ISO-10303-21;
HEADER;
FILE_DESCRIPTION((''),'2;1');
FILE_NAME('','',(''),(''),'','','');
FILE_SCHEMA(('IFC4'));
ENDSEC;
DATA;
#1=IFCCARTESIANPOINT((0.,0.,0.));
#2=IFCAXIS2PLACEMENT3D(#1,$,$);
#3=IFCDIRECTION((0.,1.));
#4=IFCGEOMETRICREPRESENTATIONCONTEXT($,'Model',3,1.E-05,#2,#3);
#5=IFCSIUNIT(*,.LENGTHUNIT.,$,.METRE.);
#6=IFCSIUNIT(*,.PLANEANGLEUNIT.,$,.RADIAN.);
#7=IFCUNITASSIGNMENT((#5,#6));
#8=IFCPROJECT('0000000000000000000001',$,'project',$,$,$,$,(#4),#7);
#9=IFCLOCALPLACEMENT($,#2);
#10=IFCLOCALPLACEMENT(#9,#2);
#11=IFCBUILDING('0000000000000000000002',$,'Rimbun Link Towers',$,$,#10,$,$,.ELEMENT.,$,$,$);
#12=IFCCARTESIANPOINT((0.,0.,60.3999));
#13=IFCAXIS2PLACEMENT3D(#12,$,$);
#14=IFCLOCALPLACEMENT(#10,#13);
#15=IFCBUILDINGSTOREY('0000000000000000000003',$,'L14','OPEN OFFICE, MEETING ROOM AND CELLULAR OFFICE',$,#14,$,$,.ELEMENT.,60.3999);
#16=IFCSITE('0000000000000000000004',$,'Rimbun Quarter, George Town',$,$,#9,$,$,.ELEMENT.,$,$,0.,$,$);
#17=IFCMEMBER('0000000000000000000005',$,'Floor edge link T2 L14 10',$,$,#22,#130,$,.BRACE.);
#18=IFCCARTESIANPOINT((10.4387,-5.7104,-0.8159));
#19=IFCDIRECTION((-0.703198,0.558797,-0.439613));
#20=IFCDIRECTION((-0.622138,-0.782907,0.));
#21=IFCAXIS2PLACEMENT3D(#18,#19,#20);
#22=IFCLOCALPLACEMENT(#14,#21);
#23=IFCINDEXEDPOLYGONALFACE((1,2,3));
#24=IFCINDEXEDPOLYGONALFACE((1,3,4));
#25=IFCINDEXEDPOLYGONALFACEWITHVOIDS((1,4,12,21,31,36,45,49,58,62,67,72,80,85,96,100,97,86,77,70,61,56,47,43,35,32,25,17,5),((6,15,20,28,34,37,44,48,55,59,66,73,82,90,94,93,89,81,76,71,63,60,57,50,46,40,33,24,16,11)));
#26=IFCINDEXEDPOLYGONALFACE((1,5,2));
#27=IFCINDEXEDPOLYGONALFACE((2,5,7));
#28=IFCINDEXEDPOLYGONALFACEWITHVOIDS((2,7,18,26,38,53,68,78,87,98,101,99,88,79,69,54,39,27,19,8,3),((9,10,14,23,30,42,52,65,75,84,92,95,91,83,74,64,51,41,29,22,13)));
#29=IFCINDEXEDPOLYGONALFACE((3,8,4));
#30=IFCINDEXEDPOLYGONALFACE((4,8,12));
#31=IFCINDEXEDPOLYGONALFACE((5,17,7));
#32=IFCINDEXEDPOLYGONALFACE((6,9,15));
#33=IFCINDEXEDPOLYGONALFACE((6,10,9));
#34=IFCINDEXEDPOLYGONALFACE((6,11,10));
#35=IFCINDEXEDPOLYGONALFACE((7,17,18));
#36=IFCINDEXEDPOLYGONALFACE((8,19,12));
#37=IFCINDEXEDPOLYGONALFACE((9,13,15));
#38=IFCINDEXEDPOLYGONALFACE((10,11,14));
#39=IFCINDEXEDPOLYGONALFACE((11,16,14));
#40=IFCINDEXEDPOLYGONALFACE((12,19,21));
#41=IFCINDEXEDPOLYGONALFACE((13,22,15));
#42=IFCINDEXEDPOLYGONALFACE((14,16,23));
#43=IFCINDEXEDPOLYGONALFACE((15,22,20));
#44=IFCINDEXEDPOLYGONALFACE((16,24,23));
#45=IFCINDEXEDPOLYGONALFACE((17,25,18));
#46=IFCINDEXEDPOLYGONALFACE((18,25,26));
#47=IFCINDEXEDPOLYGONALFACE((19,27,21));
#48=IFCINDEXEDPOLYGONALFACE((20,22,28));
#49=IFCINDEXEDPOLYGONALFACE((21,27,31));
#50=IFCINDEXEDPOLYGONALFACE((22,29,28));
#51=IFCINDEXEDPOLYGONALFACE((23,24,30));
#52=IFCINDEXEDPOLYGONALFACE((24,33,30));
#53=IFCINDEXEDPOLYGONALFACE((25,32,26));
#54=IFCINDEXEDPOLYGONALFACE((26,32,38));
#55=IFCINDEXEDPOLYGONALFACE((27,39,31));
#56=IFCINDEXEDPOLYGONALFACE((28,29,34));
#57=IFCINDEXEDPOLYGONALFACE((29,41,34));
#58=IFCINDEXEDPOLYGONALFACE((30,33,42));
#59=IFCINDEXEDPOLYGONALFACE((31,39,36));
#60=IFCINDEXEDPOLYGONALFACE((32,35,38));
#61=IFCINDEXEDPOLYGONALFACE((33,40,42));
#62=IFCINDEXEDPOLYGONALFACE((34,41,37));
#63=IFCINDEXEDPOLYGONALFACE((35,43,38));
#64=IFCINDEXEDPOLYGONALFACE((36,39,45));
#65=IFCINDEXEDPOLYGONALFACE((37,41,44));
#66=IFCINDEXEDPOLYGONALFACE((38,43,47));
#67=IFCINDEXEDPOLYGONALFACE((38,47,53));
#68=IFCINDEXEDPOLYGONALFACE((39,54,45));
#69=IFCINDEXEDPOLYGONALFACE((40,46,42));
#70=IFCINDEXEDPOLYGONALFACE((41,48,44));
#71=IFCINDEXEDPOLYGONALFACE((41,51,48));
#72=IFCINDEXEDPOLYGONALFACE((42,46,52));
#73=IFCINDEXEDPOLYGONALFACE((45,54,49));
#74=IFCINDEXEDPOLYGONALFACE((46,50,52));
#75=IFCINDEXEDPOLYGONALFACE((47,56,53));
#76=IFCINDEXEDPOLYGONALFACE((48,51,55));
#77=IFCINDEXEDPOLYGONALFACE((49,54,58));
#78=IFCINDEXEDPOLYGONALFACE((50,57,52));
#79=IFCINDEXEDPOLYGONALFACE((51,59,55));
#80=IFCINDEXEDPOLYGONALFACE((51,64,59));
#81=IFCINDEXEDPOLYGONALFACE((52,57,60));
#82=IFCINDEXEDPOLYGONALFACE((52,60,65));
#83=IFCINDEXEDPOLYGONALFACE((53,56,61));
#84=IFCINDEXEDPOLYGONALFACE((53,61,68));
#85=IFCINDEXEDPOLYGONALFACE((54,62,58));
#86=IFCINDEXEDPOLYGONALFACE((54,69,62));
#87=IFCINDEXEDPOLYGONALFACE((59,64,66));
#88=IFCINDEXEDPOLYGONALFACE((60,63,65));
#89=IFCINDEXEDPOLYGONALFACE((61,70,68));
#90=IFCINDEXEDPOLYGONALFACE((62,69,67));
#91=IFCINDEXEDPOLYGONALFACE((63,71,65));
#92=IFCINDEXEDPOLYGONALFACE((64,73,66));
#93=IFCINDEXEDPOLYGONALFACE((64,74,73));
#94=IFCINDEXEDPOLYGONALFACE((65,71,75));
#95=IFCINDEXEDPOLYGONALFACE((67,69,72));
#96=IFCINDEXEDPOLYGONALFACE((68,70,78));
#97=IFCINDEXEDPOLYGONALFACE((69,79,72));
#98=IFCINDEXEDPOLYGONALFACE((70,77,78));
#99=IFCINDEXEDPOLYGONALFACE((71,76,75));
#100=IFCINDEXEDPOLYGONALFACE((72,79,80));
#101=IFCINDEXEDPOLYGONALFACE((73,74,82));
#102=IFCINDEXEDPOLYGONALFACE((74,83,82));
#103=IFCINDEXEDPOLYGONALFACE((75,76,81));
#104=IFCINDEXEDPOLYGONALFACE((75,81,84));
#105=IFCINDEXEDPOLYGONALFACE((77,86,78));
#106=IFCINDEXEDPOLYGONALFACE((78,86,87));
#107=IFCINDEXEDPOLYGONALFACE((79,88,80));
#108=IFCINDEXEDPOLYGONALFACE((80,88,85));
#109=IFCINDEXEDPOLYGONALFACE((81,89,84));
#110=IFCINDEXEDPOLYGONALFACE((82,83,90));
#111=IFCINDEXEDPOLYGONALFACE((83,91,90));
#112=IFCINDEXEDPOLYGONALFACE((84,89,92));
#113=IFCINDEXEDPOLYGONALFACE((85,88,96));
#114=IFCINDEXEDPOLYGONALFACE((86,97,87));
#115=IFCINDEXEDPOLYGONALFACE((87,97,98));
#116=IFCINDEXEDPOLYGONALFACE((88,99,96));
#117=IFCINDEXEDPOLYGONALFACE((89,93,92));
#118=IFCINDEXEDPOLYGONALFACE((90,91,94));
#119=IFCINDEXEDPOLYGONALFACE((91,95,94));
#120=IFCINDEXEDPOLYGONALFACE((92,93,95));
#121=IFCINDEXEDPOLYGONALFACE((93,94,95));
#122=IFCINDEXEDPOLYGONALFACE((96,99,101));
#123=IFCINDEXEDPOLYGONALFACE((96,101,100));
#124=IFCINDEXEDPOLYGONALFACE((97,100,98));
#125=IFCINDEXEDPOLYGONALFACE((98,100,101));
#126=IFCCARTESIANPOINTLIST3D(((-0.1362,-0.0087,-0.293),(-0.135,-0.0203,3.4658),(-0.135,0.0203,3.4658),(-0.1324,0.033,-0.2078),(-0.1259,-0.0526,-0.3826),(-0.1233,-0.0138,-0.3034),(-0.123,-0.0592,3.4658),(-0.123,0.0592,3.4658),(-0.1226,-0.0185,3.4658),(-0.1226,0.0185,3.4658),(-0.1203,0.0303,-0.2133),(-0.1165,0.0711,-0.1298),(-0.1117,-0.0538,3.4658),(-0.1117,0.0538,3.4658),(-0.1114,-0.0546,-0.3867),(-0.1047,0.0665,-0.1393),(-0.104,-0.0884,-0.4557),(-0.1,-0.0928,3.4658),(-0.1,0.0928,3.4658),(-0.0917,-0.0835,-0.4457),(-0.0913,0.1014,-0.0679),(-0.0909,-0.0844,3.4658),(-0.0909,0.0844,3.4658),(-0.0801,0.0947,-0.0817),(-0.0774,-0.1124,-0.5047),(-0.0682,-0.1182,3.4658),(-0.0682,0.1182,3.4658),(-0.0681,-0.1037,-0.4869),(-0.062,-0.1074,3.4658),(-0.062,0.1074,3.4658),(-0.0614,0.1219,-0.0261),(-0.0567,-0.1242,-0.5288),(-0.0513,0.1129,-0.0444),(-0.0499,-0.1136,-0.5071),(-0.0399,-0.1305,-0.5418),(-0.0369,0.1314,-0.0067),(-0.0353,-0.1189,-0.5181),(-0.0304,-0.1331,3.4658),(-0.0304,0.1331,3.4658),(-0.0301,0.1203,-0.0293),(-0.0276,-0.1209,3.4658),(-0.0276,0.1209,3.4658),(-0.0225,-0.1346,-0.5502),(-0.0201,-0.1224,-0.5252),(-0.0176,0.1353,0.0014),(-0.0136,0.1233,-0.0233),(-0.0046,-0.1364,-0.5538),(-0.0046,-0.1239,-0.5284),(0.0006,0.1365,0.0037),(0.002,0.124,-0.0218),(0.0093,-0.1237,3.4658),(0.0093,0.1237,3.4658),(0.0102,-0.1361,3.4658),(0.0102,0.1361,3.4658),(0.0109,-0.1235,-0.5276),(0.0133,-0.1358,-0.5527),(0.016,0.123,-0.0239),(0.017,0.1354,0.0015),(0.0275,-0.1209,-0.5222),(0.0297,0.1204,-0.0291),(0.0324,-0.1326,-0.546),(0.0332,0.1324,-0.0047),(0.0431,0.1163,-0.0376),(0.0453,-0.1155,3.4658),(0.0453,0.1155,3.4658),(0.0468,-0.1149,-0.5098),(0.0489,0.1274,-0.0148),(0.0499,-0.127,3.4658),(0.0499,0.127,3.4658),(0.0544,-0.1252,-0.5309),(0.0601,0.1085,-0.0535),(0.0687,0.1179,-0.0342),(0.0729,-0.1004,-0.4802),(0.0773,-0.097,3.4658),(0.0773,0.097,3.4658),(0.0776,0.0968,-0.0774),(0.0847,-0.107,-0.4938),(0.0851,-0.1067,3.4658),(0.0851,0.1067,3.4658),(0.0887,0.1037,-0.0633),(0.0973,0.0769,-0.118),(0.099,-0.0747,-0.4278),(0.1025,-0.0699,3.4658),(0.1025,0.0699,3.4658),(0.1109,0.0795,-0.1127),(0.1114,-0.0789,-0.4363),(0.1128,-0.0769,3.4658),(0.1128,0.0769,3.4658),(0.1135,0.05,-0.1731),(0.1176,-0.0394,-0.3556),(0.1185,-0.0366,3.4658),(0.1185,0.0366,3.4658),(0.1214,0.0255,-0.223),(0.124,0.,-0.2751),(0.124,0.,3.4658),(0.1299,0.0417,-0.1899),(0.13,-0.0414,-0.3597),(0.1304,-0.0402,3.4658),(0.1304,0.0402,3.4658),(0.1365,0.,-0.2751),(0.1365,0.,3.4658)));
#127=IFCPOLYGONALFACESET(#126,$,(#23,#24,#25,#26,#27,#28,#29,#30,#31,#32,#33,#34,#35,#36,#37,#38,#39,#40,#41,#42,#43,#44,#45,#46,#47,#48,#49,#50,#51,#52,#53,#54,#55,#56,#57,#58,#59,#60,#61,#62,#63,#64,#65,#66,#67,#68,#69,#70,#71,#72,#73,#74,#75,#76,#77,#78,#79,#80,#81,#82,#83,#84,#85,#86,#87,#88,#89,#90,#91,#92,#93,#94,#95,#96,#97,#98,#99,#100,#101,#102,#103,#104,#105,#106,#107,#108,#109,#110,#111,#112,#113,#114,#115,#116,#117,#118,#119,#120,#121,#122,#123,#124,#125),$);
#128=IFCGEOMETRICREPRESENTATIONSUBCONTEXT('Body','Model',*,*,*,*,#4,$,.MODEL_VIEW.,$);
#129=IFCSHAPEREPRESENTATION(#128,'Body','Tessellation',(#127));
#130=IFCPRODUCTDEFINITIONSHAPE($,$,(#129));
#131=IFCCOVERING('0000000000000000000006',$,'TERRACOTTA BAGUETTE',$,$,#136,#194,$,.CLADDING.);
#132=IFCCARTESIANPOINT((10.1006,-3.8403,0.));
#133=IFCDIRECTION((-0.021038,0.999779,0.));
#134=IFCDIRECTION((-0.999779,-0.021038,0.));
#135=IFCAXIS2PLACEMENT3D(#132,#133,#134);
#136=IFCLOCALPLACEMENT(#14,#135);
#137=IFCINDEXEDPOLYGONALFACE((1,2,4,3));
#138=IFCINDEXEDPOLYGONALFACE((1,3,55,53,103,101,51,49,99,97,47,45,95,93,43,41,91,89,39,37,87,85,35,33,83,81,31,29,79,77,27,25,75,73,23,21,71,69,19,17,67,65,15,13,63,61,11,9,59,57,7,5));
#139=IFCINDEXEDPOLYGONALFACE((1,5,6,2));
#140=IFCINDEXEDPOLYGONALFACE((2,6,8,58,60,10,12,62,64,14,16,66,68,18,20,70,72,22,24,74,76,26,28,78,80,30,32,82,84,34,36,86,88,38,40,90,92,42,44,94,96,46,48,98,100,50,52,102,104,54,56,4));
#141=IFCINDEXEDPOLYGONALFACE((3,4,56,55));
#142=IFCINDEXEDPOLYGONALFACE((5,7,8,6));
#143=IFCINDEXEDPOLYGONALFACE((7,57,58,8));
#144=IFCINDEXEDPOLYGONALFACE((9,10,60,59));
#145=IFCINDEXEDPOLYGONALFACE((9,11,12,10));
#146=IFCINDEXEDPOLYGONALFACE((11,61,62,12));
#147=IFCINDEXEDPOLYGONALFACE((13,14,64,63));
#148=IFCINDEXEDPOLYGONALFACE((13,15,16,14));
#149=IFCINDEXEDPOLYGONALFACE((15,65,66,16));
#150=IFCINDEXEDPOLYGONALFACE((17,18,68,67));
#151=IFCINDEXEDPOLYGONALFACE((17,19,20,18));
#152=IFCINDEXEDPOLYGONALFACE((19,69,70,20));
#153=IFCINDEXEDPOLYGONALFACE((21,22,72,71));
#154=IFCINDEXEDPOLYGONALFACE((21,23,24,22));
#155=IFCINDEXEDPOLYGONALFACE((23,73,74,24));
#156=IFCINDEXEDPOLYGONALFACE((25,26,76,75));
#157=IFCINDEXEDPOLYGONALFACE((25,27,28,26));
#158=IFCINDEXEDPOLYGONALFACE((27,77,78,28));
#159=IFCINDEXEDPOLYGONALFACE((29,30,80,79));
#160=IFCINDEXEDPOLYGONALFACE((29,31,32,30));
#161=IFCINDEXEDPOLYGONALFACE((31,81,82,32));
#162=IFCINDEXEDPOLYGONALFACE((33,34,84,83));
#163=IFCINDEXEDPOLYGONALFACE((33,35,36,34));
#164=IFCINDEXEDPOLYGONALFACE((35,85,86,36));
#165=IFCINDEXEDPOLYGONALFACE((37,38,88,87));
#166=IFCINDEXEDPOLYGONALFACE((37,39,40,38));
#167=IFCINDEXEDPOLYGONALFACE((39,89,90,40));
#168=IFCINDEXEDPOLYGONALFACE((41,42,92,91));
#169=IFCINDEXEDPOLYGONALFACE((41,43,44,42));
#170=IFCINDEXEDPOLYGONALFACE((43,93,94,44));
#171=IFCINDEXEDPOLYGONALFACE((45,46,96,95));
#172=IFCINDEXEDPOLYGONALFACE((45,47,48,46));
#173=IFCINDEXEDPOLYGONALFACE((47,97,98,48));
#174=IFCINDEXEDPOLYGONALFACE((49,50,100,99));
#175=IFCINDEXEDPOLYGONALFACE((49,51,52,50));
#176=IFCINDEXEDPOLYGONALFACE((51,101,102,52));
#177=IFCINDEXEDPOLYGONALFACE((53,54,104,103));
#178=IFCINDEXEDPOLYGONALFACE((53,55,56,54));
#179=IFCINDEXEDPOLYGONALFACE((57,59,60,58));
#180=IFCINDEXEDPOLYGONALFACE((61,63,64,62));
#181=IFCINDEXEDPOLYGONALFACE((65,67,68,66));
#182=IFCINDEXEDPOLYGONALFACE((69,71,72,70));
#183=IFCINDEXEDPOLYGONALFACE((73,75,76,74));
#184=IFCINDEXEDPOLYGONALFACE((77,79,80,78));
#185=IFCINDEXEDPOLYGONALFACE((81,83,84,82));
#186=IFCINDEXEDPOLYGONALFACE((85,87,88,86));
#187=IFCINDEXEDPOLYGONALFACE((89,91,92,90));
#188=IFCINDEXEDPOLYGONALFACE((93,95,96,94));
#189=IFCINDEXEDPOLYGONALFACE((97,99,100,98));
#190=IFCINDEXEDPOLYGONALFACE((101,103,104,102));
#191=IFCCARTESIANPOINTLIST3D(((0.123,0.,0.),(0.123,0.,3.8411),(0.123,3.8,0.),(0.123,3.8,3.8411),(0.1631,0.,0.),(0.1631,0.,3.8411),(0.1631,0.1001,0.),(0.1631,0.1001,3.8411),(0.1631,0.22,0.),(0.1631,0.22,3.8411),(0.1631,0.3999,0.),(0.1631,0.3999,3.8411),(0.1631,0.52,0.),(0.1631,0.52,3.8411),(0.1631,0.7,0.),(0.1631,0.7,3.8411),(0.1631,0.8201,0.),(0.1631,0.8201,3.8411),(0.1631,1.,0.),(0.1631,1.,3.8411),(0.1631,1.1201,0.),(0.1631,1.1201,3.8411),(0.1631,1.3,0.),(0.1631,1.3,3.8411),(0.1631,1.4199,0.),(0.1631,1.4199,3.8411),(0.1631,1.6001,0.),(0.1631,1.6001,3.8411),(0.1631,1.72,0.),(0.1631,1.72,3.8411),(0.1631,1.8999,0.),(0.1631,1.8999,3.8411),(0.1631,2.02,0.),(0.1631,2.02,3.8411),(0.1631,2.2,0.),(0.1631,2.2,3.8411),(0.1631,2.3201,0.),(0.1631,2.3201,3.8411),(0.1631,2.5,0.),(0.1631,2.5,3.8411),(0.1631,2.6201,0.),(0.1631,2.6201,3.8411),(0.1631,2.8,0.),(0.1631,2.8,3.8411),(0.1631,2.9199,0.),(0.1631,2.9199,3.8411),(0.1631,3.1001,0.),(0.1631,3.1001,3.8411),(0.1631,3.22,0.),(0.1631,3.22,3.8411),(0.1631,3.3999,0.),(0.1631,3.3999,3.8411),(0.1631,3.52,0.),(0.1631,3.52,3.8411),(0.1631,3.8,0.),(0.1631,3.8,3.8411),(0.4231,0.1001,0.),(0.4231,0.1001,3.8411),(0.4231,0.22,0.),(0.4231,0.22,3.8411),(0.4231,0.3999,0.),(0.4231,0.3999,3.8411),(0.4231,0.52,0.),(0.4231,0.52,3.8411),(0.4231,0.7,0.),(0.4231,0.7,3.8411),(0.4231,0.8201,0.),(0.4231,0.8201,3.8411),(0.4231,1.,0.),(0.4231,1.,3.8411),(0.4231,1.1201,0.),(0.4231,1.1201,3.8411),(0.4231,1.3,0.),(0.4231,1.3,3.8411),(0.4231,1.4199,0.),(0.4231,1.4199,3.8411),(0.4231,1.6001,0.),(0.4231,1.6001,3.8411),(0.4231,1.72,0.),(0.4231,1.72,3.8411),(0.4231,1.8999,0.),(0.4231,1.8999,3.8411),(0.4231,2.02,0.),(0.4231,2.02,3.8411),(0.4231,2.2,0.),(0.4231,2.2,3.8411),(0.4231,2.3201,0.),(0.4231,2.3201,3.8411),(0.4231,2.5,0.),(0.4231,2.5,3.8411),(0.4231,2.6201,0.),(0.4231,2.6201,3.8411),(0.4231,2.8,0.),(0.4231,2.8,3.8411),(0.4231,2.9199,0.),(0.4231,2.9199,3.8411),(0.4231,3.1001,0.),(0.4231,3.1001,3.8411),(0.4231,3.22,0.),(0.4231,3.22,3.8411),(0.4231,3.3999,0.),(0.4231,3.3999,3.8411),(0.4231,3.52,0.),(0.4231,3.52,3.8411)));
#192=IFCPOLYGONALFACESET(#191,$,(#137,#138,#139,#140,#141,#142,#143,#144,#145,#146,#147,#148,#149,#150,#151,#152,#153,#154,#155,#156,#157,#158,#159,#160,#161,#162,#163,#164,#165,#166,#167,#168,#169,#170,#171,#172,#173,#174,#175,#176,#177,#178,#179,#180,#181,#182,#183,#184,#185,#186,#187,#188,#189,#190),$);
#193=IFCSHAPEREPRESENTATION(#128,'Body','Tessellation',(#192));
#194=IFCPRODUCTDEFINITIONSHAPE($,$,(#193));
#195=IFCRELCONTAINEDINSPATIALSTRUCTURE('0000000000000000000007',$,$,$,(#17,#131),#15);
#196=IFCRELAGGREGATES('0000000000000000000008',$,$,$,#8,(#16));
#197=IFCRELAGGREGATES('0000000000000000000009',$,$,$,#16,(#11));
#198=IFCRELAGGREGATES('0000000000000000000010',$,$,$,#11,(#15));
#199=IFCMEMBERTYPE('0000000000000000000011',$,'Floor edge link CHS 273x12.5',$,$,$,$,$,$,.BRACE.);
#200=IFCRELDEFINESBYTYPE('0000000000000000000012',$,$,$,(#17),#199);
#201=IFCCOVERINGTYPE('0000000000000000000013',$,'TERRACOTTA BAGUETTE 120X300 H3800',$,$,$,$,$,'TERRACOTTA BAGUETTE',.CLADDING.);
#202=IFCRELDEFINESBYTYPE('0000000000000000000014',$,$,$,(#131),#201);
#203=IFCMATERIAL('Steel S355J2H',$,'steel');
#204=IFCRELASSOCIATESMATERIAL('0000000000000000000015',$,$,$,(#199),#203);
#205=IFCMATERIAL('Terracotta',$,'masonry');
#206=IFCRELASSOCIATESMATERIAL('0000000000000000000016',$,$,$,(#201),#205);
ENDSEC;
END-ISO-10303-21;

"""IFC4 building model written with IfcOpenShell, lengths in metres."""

from ifc_helpers import new_model, si_unit, direction, frame, origin, origin_2d, place, context, subcontext, project, spatial, polyline, hollow_circle, outline, extrude, clip, halfspace, material, material_profile, profile_set, type_object, element, save


model = new_model("IFC4")

# Units and contexts
model_context = context("Model", 3, precision=1e-05, world=origin(), true_north=direction((0.0, 1.0)))
body_context = subcontext(model_context, "Body", "Model", "MODEL_VIEW")
ifc_project = project(units=[si_unit("LENGTHUNIT", "METRE"), si_unit("PLANEANGLEUNIT", "RADIAN")], contexts=[model_context])

# Site, building, storey
site_placement = place(None, origin())
site = spatial("IfcSite", under=ifc_project, at=site_placement, Name="Rimbun Quarter, George Town", CompositionType="ELEMENT", RefElevation=0.0)
building_placement = place(site_placement, origin())
building = spatial("IfcBuilding", under=site, at=building_placement, Name="Rimbun Link Towers", CompositionType="ELEMENT")
storey_placement = place(building_placement, frame((0.0, 0.0, 60.3999)))
storey = spatial("IfcBuildingStorey", under=building, at=storey_placement, Name="L14", Description="OPEN OFFICE, MEETING ROOM AND CELLULAR OFFICE", CompositionType="ELEMENT", Elevation=60.3999)

# Member
ifc_material_1 = material(Name="Steel S355J2H", Category="steel")
ifc_material_profile_1 = material_profile(ifc_material_1, hollow_circle(Radius=0.1365, WallThickness=0.0125, at=origin_2d()), Name="CHS 273x12.5")
ifc_profile_set_1 = profile_set([ifc_material_profile_1], Name="Steel S355J2H")
member_type_1 = type_object("IfcMemberType", Name="Floor edge link CHS 273x12.5", PredefinedType="BRACE", material=ifc_profile_set_1)
member_1_placement = place(storey_placement, frame((10.4387, -5.7104, -0.8159), z_axis=(-0.703198, 0.558797, -0.439613), x_axis=(-0.622138, -0.782907, 0.0)))
element("IfcMember", 1, at=member_1_placement, inside=storey, type_object=member_type_1, Name="Floor edge link T2 L14 10", PredefinedType="BRACE", context=body_context, shape_type="Clipping", body=[
    clip(extrude(hollow_circle(Radius=0.1365, WallThickness=0.0125, at=origin_2d()), frame((0.0, 0.0, -0.5806)), (0.0, 0.0, 1.0), 4.0464), halfspace(frame((0.0, 0.0, -0.2751), z_axis=(0.0, 0.898187, -0.439613)), False)),
])

# Covering
ifc_material_2 = material(Name="Terracotta", Category="masonry")
ifc_material_profile_2 = material_profile(ifc_material_2, outline(polyline([(0.123, 0.0), (0.1631, 0.0), (0.1631, 0.1001), (0.4231, 0.1001), (0.4231, 0.22), (0.1631, 0.22), (0.1631, 0.3999), (0.4231, 0.3999), (0.4231, 0.52), (0.1631, 0.52), (0.1631, 0.7), (0.4231, 0.7), (0.4231, 0.8201), (0.1631, 0.8201), (0.1631, 1.0), (0.4231, 1.0), (0.4231, 1.1201), (0.1631, 1.1201), (0.1631, 1.3), (0.4231, 1.3), (0.4231, 1.4199), (0.1631, 1.4199), (0.1631, 1.6001), (0.4231, 1.6001), (0.4231, 1.72), (0.1631, 1.72), (0.1631, 1.8999), (0.4231, 1.8999), (0.4231, 2.02), (0.1631, 2.02), (0.1631, 2.2), (0.4231, 2.2), (0.4231, 2.3201), (0.1631, 2.3201), (0.1631, 2.5), (0.4231, 2.5), (0.4231, 2.6201), (0.1631, 2.6201), (0.1631, 2.8), (0.4231, 2.8), (0.4231, 2.9199), (0.1631, 2.9199), (0.1631, 3.1001), (0.4231, 3.1001), (0.4231, 3.22), (0.1631, 3.22), (0.1631, 3.3999), (0.4231, 3.3999), (0.4231, 3.52), (0.1631, 3.52), (0.1631, 3.8), (0.123, 3.8), (0.123, 0.0)])), Name="BAGUETTE 120X300")
ifc_profile_set_2 = profile_set([ifc_material_profile_2], Name="Terracotta")
covering_type_1 = type_object("IfcCoveringType", Name="TERRACOTTA BAGUETTE 120X300 H3800", ElementType="TERRACOTTA BAGUETTE", PredefinedType="CLADDING", material=ifc_profile_set_2)
covering_1_placement = place(storey_placement, frame((10.1006, -3.8403, 0.0), z_axis=(-0.021038, 0.999779, 0.0), x_axis=(-0.999779, -0.021038, 0.0)))
element("IfcCovering", 2, at=covering_1_placement, inside=storey, type_object=covering_type_1, Name="TERRACOTTA BAGUETTE", PredefinedType="CLADDING", context=body_context, shape_type="SweptSolid", body=[
    extrude(outline(polyline([(0.123, 0.0), (0.1631, 0.0), (0.1631, 0.1001), (0.4231, 0.1001), (0.4231, 0.22), (0.1631, 0.22), (0.1631, 0.3999), (0.4231, 0.3999), (0.4231, 0.52), (0.1631, 0.52), (0.1631, 0.7), (0.4231, 0.7), (0.4231, 0.8201), (0.1631, 0.8201), (0.1631, 1.0), (0.4231, 1.0), (0.4231, 1.1201), (0.1631, 1.1201), (0.1631, 1.3), (0.4231, 1.3), (0.4231, 1.4199), (0.1631, 1.4199), (0.1631, 1.6001), (0.4231, 1.6001), (0.4231, 1.72), (0.1631, 1.72), (0.1631, 1.8999), (0.4231, 1.8999), (0.4231, 2.02), (0.1631, 2.02), (0.1631, 2.2), (0.4231, 2.2), (0.4231, 2.3201), (0.1631, 2.3201), (0.1631, 2.5), (0.4231, 2.5), (0.4231, 2.6201), (0.1631, 2.6201), (0.1631, 2.8), (0.4231, 2.8), (0.4231, 2.9199), (0.1631, 2.9199), (0.1631, 3.1001), (0.4231, 3.1001), (0.4231, 3.22), (0.1631, 3.22), (0.1631, 3.3999), (0.4231, 3.3999), (0.4231, 3.52), (0.1631, 3.52), (0.1631, 3.8), (0.123, 3.8), (0.123, 0.0)])), origin(), (0.0, 0.0, 1.0), 3.8411),
])

save(model, "model.ifc")
